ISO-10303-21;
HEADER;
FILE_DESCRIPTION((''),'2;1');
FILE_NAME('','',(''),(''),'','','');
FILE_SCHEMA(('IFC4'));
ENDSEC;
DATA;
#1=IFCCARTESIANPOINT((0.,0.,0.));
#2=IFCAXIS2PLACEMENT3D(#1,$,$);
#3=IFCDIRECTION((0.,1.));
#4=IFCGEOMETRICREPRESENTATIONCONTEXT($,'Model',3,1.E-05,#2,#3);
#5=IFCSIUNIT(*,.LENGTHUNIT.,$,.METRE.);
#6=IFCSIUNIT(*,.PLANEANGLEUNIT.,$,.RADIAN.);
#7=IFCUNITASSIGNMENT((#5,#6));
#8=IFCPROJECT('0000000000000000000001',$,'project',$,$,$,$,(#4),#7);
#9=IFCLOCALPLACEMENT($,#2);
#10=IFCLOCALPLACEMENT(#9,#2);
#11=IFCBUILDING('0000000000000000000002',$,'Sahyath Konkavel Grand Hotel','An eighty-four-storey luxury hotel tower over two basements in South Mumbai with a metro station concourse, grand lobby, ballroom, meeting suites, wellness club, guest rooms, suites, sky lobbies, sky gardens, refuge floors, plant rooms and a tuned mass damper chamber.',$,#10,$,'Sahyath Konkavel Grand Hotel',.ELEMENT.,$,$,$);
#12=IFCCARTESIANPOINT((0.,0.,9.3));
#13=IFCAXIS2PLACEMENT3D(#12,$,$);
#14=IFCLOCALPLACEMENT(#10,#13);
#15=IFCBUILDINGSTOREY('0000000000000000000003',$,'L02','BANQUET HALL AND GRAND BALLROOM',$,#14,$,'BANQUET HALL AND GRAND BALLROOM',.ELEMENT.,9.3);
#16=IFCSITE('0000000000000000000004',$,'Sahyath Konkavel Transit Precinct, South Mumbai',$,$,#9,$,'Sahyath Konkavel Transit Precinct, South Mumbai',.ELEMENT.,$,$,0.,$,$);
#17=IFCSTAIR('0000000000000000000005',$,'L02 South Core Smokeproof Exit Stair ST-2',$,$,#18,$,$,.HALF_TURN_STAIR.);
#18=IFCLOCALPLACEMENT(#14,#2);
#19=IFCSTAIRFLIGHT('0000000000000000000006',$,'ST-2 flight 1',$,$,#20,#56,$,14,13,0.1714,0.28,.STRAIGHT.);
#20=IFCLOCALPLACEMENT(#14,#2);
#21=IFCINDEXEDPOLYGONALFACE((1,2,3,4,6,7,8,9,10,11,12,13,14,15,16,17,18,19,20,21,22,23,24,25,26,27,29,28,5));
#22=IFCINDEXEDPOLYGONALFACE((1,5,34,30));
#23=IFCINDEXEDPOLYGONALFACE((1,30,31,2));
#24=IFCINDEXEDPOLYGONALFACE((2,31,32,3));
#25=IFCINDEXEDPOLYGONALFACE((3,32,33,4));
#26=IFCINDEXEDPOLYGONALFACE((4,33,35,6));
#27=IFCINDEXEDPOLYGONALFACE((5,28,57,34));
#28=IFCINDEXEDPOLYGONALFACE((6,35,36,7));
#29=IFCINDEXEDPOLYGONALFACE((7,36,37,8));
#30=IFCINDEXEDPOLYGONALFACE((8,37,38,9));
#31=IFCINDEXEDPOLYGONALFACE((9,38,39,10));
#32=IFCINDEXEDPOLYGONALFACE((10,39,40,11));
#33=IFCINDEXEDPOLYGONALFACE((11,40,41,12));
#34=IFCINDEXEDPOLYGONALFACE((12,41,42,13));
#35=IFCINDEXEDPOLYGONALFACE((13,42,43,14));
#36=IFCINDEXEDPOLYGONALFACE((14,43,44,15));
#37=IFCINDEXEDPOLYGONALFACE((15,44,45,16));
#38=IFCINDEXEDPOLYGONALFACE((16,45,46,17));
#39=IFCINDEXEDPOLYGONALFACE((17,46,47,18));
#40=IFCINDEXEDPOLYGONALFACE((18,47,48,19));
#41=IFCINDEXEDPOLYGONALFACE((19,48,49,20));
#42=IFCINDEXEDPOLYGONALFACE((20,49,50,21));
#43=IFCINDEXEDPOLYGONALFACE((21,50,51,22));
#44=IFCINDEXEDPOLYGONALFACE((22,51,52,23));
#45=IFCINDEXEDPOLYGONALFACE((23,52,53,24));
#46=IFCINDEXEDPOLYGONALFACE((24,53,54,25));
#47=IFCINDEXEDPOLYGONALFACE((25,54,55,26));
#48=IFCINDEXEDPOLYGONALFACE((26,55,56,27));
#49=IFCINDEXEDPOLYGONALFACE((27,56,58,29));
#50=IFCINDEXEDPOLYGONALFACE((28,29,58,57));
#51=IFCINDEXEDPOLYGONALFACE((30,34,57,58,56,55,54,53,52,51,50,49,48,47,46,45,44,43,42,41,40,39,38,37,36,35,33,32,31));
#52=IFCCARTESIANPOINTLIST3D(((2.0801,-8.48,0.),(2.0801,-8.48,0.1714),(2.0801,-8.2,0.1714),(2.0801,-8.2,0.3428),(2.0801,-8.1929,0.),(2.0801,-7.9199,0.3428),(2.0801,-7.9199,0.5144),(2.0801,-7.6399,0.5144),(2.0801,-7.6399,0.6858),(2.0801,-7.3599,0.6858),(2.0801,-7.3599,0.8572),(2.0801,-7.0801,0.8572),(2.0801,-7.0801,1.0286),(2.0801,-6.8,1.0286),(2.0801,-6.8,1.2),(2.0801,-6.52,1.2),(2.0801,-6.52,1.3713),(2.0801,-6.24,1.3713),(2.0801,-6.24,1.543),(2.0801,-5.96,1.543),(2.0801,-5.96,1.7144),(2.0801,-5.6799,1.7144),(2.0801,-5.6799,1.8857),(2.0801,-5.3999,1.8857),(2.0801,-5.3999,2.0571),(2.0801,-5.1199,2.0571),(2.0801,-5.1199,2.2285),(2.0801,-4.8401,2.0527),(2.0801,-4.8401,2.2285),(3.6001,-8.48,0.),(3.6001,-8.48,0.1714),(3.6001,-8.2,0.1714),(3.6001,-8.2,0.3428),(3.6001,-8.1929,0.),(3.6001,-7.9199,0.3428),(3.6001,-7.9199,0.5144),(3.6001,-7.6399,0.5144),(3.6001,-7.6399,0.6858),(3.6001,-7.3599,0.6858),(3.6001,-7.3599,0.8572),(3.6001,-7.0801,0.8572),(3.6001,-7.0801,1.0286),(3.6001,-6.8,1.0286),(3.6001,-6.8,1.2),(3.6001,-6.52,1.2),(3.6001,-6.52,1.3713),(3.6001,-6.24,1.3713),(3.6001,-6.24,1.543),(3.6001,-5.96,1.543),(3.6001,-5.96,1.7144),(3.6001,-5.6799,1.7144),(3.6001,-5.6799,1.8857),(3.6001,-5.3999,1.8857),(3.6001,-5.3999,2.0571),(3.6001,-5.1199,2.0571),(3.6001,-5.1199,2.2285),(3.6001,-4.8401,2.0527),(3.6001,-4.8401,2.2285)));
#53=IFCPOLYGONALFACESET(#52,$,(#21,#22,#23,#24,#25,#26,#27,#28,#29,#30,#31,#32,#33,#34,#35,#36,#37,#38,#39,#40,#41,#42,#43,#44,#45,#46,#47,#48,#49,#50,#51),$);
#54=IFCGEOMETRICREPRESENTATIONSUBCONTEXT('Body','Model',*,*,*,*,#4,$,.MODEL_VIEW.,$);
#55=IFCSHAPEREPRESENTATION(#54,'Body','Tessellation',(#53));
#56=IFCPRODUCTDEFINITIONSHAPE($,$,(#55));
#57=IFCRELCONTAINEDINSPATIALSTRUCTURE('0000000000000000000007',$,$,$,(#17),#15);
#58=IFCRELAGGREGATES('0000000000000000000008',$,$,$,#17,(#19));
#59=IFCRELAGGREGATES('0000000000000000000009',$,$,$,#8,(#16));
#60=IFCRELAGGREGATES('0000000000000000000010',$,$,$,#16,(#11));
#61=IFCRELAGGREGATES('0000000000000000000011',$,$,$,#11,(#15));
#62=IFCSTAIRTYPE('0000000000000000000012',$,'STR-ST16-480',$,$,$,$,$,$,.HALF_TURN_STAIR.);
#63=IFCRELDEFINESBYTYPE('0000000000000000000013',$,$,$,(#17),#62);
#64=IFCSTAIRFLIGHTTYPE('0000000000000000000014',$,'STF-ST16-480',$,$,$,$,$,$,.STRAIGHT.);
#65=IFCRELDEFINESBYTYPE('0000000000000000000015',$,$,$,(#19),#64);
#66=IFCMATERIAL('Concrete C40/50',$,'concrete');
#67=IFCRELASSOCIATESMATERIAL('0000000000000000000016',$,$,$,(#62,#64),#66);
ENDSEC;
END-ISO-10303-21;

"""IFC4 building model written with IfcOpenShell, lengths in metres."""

from ifc_helpers import new_model, si_unit, direction, frame, origin, place, context, subcontext, project, spatial, polyline, outline, extrude, material, type_object, element, aggregate, save


model = new_model("IFC4")

# Units and contexts
model_context = context("Model", 3, precision=1e-05, world=origin(), true_north=direction((0.0, 1.0)))
body_context = subcontext(model_context, "Body", "Model", "MODEL_VIEW")
ifc_project = project(units=[si_unit("LENGTHUNIT", "METRE"), si_unit("PLANEANGLEUNIT", "RADIAN")], contexts=[model_context])

# Site, building, storey
site_placement = place(None, origin())
site = spatial("IfcSite", under=ifc_project, at=site_placement, Name="Sahyath Konkavel Transit Precinct, South Mumbai", LongName="Sahyath Konkavel Transit Precinct, South Mumbai", CompositionType="ELEMENT", RefElevation=0.0)
building_placement = place(site_placement, origin())
building = spatial("IfcBuilding", under=site, at=building_placement, Name="Sahyath Konkavel Grand Hotel", Description="An eighty-four-storey luxury hotel tower over two basements in South Mumbai with a metro station concourse, grand lobby, ballroom, meeting suites, wellness club, guest rooms, suites, sky lobbies, sky gardens, refuge floors, plant rooms and a tuned mass damper chamber.", LongName="Sahyath Konkavel Grand Hotel", CompositionType="ELEMENT")
storey_placement = place(building_placement, frame((0.0, 0.0, 9.3)))
storey = spatial("IfcBuildingStorey", under=building, at=storey_placement, Name="L02", Description="BANQUET HALL AND GRAND BALLROOM", LongName="BANQUET HALL AND GRAND BALLROOM", CompositionType="ELEMENT", Elevation=9.3)

# Shared definitions
ifc_material_1 = material(Name="Concrete C40/50", Category="concrete")

# Stair, stair flight
stair_type = type_object("IfcStairType", Name="STR-ST16-480", PredefinedType="HALF_TURN_STAIR", material=ifc_material_1)
stair_placement = place(storey_placement, origin())
stair = element("IfcStair", 1, at=stair_placement, inside=storey, type_object=stair_type, Name="L02 South Core Smokeproof Exit Stair ST-2", PredefinedType="HALF_TURN_STAIR")
stair_flight_type = type_object("IfcStairFlightType", Name="STF-ST16-480", PredefinedType="STRAIGHT", material=ifc_material_1)
stair_flight_placement = place(storey_placement, frame((2.8401, -8.48, 0.0), z_axis=(0.0, 0.0, 1.0), x_axis=(0.0, 1.0, 0.0)))
stair_flight = element("IfcStairFlight", 2, at=stair_flight_placement, type_object=stair_flight_type, Name="ST-2 flight 1", NumberOfRisers=14, NumberOfTreads=13, PredefinedType="STRAIGHT", RiserHeight=0.1714, TreadLength=0.28, context=body_context, shape_type="SweptSolid", body=[
    extrude(outline(polyline([(0.0, 0.0), (0.0, 0.1714), (0.28, 0.1714), (0.28, 0.3428), (0.5601, 0.3428), (0.5601, 0.5144), (0.8401, 0.5144), (0.8401, 0.6858), (1.1201, 0.6858), (1.1201, 0.8572), (1.3999, 0.8572), (1.3999, 1.0286), (1.6799, 1.0286), (1.6799, 1.2), (1.96, 1.2), (1.96, 1.3713), (2.24, 1.3713), (2.24, 1.543), (2.52, 1.543), (2.52, 1.7144), (2.8, 1.7144), (2.8, 1.8857), (3.0801, 1.8857), (3.0801, 2.0571), (3.3601, 2.0571), (3.3601, 2.2285), (3.6399, 2.2285), (3.6399, 2.3999), (3.6399, 2.0527), (0.2871, 0.0), (0.0, 0.0)])), frame((0.0, 0.76, 0.0), z_axis=(0.0, -1.0, 0.0), x_axis=(1.0, 0.0, 0.0)), (0.0, 0.0, 1.0), 1.52),
])
aggregate(stair, [stair_flight])

save(model, "model.ifc")
